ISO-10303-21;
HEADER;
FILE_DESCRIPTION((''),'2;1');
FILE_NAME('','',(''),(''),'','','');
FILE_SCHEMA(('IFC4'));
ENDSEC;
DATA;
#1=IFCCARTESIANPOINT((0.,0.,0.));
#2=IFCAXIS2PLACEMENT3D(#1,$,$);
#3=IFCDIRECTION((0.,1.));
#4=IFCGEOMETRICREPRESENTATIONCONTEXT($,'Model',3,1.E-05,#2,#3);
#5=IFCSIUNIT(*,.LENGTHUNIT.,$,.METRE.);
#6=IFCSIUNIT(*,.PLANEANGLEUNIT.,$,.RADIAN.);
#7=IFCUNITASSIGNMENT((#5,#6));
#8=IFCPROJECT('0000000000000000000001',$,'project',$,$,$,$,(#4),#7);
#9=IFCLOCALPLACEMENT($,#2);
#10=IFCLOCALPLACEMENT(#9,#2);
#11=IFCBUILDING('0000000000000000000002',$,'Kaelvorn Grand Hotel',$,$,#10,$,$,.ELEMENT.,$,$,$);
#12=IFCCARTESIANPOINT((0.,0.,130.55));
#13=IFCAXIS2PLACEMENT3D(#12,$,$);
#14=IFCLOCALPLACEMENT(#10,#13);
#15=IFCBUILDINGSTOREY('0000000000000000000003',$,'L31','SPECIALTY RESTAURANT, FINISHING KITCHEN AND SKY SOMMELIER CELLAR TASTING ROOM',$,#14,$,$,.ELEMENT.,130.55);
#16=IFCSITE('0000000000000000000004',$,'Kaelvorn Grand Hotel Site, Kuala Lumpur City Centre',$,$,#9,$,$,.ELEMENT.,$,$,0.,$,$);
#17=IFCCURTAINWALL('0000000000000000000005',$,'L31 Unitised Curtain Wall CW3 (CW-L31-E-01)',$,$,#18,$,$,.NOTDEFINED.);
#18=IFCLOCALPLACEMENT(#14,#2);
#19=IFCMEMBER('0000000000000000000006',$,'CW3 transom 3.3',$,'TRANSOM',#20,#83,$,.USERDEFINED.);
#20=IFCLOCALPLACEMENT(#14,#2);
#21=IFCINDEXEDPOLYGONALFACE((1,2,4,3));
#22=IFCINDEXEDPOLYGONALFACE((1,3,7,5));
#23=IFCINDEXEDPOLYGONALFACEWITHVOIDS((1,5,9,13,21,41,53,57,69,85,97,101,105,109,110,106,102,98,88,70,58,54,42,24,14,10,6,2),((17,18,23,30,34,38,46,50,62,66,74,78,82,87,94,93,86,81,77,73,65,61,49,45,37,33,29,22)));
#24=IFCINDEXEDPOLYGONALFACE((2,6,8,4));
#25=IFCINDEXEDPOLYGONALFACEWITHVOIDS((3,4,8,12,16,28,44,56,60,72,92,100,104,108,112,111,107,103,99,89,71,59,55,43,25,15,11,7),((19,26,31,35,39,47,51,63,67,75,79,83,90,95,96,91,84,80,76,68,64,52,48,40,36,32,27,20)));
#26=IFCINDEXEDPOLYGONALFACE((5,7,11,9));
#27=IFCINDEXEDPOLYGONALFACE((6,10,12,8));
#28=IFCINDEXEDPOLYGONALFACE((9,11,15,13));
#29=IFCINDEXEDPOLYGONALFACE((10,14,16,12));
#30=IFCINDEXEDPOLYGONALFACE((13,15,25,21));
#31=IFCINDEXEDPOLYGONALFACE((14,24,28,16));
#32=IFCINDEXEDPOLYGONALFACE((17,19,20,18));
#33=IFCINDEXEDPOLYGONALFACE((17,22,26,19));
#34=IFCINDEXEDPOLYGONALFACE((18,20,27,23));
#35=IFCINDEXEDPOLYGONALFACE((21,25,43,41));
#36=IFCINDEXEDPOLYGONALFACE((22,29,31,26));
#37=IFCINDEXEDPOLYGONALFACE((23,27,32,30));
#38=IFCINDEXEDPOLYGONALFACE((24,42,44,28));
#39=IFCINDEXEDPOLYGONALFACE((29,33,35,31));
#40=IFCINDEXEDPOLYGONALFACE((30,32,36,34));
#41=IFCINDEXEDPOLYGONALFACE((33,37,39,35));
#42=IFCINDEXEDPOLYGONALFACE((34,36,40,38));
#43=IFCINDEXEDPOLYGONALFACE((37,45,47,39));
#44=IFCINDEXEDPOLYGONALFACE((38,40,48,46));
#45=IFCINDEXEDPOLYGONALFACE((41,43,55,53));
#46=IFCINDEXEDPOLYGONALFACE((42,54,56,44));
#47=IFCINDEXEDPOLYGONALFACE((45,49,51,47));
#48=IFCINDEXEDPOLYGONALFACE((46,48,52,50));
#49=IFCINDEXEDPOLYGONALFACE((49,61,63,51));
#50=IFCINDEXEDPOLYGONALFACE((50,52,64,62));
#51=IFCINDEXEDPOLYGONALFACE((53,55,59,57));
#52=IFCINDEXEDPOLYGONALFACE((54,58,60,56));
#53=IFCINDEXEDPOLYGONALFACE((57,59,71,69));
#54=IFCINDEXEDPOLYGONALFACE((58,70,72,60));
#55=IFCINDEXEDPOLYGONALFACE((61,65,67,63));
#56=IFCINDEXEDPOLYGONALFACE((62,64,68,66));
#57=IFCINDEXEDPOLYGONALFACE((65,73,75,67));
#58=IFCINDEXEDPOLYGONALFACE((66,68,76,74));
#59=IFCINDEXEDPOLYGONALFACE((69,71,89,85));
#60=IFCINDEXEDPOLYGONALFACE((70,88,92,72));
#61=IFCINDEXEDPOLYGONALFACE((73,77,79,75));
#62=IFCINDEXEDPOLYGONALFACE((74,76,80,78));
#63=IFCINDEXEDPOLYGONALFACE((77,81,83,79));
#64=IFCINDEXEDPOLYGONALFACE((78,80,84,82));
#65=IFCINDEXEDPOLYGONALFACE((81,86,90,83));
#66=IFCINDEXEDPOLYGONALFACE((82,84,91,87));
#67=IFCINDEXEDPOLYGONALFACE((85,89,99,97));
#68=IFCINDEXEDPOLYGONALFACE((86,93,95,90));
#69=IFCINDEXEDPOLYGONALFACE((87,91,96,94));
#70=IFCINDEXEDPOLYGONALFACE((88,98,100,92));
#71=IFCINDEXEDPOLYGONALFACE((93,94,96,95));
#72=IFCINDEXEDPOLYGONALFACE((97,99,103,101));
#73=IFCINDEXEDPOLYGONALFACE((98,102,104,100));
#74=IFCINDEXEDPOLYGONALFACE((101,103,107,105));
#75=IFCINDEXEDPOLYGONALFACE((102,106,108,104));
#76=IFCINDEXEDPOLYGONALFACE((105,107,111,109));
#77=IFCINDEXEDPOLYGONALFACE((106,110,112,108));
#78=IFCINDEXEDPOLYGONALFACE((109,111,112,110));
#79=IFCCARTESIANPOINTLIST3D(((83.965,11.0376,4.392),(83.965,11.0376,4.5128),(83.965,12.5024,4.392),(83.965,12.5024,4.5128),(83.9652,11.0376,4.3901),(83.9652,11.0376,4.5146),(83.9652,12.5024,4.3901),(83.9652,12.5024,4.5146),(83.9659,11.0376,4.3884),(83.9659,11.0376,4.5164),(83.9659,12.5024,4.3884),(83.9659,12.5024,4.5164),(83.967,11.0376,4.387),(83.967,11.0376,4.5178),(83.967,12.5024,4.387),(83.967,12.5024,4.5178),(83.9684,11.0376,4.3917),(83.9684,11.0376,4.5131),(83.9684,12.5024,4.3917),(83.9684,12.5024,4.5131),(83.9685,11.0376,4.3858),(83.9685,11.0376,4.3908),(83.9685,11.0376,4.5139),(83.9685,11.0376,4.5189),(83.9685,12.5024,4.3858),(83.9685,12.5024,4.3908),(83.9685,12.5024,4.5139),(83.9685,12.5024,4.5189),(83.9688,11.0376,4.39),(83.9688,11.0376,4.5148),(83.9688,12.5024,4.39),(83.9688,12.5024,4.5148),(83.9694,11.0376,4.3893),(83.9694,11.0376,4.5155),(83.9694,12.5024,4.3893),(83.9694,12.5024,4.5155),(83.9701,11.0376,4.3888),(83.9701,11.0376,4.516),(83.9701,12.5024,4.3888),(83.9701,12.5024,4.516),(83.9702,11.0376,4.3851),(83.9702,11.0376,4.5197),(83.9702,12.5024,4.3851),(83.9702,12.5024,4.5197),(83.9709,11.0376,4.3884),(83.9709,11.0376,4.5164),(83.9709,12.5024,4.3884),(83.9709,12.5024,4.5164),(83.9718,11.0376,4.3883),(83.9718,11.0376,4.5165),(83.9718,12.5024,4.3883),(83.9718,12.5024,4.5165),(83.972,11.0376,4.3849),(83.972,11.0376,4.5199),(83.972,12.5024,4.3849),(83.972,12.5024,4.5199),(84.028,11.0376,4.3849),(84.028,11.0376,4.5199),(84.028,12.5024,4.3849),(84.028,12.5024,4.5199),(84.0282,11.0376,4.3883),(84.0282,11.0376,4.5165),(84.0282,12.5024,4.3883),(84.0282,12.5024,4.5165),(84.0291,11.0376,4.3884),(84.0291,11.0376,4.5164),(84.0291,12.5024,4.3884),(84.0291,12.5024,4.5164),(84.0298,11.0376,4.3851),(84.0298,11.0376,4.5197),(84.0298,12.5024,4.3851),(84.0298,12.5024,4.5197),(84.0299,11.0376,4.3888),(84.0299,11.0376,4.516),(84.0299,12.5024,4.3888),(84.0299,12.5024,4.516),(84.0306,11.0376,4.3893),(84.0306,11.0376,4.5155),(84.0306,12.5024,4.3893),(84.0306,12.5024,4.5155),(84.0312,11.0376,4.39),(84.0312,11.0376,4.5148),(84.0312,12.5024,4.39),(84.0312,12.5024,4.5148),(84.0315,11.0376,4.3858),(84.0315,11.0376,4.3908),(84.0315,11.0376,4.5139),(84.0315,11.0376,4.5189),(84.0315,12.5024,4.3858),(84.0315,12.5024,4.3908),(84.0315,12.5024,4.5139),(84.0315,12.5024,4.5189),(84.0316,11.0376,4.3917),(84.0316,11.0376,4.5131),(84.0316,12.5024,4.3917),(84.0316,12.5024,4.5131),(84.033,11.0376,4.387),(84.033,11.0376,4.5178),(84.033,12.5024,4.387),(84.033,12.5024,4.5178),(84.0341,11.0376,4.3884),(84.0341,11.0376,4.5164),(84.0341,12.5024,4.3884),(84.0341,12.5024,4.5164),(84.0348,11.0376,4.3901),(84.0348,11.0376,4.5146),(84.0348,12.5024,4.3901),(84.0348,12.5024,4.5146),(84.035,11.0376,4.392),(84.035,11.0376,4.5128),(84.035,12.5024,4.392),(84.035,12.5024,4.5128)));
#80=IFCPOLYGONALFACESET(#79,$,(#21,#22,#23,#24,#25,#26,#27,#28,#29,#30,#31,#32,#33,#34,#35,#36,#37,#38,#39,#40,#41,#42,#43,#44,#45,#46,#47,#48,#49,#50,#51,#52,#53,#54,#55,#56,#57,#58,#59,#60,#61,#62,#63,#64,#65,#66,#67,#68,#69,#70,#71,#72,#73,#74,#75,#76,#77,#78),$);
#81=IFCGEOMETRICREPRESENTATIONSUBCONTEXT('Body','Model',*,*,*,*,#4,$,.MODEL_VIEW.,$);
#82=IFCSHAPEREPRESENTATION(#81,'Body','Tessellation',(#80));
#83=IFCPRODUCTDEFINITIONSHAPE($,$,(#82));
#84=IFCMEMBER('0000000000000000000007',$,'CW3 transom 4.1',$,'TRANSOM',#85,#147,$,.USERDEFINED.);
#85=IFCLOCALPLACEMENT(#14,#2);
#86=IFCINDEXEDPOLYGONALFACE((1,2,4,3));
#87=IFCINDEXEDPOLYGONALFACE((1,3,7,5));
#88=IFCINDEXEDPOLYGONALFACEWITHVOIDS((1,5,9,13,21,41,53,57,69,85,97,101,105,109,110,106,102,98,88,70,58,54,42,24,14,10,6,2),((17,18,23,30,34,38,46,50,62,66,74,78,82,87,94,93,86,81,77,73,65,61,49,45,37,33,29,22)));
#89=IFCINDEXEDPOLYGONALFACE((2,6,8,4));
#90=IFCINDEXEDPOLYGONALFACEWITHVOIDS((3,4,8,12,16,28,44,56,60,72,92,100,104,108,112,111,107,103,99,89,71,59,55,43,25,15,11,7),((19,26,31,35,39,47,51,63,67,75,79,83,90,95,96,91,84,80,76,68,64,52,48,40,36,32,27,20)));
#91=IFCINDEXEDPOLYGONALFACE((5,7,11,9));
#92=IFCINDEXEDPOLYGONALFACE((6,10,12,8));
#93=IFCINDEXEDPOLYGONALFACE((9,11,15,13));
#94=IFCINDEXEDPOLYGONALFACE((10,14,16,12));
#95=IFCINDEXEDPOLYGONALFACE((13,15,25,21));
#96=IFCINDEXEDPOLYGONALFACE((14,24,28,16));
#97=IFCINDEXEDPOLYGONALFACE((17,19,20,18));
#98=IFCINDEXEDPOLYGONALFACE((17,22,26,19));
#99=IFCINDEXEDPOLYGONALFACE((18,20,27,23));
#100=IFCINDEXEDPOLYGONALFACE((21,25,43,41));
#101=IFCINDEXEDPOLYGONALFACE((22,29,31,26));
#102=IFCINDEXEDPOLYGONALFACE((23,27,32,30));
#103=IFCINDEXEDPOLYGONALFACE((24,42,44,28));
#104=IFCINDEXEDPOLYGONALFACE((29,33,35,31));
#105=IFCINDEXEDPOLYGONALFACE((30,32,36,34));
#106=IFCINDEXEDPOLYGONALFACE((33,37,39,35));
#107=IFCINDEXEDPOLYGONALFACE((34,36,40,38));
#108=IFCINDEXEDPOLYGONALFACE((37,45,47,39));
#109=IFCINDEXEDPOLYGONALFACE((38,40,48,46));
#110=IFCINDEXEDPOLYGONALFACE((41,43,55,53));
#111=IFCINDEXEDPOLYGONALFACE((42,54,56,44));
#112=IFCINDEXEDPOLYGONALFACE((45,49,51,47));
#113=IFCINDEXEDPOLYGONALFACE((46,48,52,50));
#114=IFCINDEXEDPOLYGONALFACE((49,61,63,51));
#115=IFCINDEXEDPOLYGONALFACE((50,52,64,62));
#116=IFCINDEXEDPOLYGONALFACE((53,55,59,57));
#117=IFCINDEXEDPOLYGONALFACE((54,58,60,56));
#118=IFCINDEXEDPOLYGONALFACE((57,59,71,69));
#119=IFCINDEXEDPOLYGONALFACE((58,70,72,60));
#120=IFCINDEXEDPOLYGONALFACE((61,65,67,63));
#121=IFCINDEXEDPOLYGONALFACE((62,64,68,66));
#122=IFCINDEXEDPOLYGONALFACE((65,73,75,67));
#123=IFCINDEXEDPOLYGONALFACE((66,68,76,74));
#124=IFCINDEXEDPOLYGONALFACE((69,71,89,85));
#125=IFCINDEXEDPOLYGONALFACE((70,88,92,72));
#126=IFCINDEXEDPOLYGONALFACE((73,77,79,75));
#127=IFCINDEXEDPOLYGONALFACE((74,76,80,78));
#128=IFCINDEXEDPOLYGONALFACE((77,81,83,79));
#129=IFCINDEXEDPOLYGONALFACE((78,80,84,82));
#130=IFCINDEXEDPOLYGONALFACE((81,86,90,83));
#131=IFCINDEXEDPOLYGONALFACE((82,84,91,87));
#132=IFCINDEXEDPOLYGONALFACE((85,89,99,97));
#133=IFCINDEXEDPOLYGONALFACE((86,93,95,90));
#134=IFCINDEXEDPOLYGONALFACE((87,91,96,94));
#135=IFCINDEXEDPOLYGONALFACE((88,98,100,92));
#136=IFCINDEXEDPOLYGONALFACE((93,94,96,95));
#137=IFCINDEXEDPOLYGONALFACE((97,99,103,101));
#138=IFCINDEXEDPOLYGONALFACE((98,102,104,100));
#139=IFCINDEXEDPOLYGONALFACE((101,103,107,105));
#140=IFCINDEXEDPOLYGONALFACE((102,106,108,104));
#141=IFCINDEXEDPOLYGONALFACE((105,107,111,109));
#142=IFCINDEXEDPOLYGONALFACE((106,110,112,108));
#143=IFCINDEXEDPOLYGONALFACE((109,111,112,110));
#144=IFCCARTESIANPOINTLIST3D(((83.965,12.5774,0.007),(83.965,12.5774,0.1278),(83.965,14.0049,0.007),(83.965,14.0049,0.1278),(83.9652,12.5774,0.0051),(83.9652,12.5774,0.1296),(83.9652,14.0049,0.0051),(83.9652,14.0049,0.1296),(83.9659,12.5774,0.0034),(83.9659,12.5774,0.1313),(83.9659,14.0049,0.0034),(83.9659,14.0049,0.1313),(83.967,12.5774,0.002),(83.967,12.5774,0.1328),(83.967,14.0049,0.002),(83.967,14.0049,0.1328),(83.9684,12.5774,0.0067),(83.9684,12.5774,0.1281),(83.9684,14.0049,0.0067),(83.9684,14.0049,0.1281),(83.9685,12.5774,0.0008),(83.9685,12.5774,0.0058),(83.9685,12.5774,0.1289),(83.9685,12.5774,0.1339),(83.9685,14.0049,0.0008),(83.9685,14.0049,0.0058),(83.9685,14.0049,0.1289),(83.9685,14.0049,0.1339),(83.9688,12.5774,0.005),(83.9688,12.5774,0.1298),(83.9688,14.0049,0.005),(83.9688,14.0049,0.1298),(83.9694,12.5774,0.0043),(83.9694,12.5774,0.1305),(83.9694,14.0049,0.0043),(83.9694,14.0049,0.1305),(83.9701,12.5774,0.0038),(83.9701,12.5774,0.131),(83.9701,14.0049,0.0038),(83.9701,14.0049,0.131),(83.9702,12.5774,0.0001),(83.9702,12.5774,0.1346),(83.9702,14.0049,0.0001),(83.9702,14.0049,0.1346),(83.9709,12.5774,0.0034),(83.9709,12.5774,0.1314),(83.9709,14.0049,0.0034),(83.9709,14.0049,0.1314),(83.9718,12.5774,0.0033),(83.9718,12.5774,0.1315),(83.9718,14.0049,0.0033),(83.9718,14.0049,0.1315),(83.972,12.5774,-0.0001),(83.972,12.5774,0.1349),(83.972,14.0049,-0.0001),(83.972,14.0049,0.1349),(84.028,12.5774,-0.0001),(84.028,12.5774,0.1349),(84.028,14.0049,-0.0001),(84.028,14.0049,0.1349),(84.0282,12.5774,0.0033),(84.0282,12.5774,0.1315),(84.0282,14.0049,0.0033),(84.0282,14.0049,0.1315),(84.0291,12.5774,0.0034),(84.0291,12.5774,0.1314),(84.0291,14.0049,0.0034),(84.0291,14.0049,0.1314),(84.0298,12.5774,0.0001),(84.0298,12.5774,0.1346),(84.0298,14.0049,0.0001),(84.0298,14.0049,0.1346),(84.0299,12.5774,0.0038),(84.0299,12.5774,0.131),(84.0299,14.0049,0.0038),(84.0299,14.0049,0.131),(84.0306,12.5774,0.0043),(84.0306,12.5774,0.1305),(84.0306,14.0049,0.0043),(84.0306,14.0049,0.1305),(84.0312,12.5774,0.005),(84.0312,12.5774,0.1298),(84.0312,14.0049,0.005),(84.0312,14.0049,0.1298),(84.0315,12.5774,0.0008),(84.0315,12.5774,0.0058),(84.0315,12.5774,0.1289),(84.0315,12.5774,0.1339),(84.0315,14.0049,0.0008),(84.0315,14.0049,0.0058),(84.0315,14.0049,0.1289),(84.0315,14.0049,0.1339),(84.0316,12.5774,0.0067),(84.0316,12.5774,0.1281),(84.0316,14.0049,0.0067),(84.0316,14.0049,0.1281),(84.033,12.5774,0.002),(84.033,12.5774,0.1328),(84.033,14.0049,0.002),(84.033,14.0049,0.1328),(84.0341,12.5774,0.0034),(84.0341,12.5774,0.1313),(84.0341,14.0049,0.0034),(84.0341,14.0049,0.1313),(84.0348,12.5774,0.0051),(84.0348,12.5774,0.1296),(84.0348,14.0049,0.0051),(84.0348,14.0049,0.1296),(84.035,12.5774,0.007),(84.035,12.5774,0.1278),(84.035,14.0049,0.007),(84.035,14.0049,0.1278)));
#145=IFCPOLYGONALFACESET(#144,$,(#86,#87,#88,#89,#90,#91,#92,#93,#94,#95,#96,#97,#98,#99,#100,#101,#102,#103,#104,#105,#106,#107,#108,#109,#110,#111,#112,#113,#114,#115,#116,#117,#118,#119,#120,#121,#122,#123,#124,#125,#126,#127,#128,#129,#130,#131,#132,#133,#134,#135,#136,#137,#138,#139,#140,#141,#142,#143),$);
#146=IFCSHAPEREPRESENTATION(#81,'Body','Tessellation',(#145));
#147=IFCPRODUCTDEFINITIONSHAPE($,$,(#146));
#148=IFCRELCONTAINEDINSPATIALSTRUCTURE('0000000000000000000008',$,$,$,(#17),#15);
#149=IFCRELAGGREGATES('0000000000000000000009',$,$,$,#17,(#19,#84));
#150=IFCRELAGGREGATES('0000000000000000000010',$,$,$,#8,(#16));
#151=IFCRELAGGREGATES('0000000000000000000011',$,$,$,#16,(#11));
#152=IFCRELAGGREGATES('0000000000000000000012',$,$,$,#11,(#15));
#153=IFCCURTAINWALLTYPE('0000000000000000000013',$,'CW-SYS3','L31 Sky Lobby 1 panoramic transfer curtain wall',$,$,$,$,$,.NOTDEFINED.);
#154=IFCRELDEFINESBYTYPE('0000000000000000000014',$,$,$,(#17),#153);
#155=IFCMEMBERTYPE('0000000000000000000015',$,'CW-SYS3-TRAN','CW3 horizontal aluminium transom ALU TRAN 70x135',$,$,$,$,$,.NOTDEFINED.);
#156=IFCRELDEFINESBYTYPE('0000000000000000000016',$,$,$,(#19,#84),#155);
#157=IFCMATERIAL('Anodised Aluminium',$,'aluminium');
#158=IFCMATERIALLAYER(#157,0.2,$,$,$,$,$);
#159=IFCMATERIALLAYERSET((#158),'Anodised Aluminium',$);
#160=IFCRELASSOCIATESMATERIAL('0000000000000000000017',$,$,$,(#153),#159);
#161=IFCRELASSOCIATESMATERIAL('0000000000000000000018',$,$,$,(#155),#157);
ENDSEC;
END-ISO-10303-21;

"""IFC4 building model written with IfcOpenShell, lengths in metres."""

from ifc_helpers import new_model, si_unit, direction, frame, origin, origin_2d, place, context, subcontext, project, spatial, hollow_rectangle, extrude, material, layer, layer_set, material_profile, profile_set, type_object, element, aggregate, save


model = new_model("IFC4")

# Units and contexts
model_context = context("Model", 3, precision=1e-05, world=origin(), true_north=direction((0.0, 1.0)))
body_context = subcontext(model_context, "Body", "Model", "MODEL_VIEW")
ifc_project = project(units=[si_unit("LENGTHUNIT", "METRE"), si_unit("PLANEANGLEUNIT", "RADIAN")], contexts=[model_context])

# Site, building, storey
site_placement = place(None, origin())
site = spatial("IfcSite", under=ifc_project, at=site_placement, Name="Kaelvorn Grand Hotel Site, Kuala Lumpur City Centre", CompositionType="ELEMENT", RefElevation=0.0)
building_placement = place(site_placement, origin())
building = spatial("IfcBuilding", under=site, at=building_placement, Name="Kaelvorn Grand Hotel", CompositionType="ELEMENT")
storey_placement = place(building_placement, frame((0.0, 0.0, 130.55)))
storey = spatial("IfcBuildingStorey", under=building, at=storey_placement, Name="L31", Description="SPECIALTY RESTAURANT, FINISHING KITCHEN AND SKY SOMMELIER CELLAR TASTING ROOM", CompositionType="ELEMENT", Elevation=130.55)

# Curtain wall, members
ifc_material_1 = material(Name="Anodised Aluminium", Category="aluminium")
ifc_layer_1 = layer(ifc_material_1, 0.2)
ifc_layer_set_1 = layer_set([ifc_layer_1], Name="Anodised Aluminium")
curtain_wall_type = type_object("IfcCurtainWallType", Name="CW-SYS3", Description="L31 Sky Lobby 1 panoramic transfer curtain wall", PredefinedType="NOTDEFINED", material=ifc_layer_set_1)
curtain_wall_placement = place(storey_placement, origin())
curtain_wall = element("IfcCurtainWall", 1, at=curtain_wall_placement, inside=storey, type_object=curtain_wall_type, Name="L31 Unitised Curtain Wall CW3 (CW-L31-E-01)", PredefinedType="NOTDEFINED")
ifc_material_profile_1 = material_profile(ifc_material_1, hollow_rectangle(XDim=0.0701, YDim=0.135, WallThickness=0.0034, InnerFilletRadius=0.0034, OuterFilletRadius=0.0071, at=origin_2d()), Name="ALU TRAN 70x135")
ifc_profile_set_1 = profile_set([ifc_material_profile_1], Name="Anodised Aluminium")
member_type_1 = type_object("IfcMemberType", Name="CW-SYS3-TRAN", Description="CW3 horizontal aluminium transom ALU TRAN 70x135", PredefinedType="NOTDEFINED", material=ifc_profile_set_1)
member_1_placement = place(storey_placement, frame((84.0, 11.0376, 4.4524), z_axis=(0.0, 1.0, 0.0), x_axis=(-1.0, 0.0, 0.0)))
member_1 = element("IfcMember", 2, at=member_1_placement, type_object=member_type_1, Name="CW3 transom 3.3", ObjectType="TRANSOM", PredefinedType="USERDEFINED", context=body_context, shape_type="SweptSolid", body=[
    extrude(hollow_rectangle(XDim=0.0701, YDim=0.135, WallThickness=0.0034, InnerFilletRadius=0.0034, OuterFilletRadius=0.0071, at=origin_2d()), origin(), (0.0, 0.0, 1.0), 1.4648),
])
member_2_placement = place(storey_placement, frame((84.0, 12.5774, 0.0674), z_axis=(0.0, 1.0, 0.0), x_axis=(-1.0, 0.0, 0.0)))
member_2 = element("IfcMember", 3, at=member_2_placement, type_object=member_type_1, Name="CW3 transom 4.1", ObjectType="TRANSOM", PredefinedType="USERDEFINED", context=body_context, shape_type="SweptSolid", body=[
    extrude(hollow_rectangle(XDim=0.0701, YDim=0.135, WallThickness=0.0034, InnerFilletRadius=0.0034, OuterFilletRadius=0.0071, at=origin_2d()), origin(), (0.0, 0.0, 1.0), 1.4275),
])
aggregate(curtain_wall, [member_1, member_2])

save(model, "model.ifc")
